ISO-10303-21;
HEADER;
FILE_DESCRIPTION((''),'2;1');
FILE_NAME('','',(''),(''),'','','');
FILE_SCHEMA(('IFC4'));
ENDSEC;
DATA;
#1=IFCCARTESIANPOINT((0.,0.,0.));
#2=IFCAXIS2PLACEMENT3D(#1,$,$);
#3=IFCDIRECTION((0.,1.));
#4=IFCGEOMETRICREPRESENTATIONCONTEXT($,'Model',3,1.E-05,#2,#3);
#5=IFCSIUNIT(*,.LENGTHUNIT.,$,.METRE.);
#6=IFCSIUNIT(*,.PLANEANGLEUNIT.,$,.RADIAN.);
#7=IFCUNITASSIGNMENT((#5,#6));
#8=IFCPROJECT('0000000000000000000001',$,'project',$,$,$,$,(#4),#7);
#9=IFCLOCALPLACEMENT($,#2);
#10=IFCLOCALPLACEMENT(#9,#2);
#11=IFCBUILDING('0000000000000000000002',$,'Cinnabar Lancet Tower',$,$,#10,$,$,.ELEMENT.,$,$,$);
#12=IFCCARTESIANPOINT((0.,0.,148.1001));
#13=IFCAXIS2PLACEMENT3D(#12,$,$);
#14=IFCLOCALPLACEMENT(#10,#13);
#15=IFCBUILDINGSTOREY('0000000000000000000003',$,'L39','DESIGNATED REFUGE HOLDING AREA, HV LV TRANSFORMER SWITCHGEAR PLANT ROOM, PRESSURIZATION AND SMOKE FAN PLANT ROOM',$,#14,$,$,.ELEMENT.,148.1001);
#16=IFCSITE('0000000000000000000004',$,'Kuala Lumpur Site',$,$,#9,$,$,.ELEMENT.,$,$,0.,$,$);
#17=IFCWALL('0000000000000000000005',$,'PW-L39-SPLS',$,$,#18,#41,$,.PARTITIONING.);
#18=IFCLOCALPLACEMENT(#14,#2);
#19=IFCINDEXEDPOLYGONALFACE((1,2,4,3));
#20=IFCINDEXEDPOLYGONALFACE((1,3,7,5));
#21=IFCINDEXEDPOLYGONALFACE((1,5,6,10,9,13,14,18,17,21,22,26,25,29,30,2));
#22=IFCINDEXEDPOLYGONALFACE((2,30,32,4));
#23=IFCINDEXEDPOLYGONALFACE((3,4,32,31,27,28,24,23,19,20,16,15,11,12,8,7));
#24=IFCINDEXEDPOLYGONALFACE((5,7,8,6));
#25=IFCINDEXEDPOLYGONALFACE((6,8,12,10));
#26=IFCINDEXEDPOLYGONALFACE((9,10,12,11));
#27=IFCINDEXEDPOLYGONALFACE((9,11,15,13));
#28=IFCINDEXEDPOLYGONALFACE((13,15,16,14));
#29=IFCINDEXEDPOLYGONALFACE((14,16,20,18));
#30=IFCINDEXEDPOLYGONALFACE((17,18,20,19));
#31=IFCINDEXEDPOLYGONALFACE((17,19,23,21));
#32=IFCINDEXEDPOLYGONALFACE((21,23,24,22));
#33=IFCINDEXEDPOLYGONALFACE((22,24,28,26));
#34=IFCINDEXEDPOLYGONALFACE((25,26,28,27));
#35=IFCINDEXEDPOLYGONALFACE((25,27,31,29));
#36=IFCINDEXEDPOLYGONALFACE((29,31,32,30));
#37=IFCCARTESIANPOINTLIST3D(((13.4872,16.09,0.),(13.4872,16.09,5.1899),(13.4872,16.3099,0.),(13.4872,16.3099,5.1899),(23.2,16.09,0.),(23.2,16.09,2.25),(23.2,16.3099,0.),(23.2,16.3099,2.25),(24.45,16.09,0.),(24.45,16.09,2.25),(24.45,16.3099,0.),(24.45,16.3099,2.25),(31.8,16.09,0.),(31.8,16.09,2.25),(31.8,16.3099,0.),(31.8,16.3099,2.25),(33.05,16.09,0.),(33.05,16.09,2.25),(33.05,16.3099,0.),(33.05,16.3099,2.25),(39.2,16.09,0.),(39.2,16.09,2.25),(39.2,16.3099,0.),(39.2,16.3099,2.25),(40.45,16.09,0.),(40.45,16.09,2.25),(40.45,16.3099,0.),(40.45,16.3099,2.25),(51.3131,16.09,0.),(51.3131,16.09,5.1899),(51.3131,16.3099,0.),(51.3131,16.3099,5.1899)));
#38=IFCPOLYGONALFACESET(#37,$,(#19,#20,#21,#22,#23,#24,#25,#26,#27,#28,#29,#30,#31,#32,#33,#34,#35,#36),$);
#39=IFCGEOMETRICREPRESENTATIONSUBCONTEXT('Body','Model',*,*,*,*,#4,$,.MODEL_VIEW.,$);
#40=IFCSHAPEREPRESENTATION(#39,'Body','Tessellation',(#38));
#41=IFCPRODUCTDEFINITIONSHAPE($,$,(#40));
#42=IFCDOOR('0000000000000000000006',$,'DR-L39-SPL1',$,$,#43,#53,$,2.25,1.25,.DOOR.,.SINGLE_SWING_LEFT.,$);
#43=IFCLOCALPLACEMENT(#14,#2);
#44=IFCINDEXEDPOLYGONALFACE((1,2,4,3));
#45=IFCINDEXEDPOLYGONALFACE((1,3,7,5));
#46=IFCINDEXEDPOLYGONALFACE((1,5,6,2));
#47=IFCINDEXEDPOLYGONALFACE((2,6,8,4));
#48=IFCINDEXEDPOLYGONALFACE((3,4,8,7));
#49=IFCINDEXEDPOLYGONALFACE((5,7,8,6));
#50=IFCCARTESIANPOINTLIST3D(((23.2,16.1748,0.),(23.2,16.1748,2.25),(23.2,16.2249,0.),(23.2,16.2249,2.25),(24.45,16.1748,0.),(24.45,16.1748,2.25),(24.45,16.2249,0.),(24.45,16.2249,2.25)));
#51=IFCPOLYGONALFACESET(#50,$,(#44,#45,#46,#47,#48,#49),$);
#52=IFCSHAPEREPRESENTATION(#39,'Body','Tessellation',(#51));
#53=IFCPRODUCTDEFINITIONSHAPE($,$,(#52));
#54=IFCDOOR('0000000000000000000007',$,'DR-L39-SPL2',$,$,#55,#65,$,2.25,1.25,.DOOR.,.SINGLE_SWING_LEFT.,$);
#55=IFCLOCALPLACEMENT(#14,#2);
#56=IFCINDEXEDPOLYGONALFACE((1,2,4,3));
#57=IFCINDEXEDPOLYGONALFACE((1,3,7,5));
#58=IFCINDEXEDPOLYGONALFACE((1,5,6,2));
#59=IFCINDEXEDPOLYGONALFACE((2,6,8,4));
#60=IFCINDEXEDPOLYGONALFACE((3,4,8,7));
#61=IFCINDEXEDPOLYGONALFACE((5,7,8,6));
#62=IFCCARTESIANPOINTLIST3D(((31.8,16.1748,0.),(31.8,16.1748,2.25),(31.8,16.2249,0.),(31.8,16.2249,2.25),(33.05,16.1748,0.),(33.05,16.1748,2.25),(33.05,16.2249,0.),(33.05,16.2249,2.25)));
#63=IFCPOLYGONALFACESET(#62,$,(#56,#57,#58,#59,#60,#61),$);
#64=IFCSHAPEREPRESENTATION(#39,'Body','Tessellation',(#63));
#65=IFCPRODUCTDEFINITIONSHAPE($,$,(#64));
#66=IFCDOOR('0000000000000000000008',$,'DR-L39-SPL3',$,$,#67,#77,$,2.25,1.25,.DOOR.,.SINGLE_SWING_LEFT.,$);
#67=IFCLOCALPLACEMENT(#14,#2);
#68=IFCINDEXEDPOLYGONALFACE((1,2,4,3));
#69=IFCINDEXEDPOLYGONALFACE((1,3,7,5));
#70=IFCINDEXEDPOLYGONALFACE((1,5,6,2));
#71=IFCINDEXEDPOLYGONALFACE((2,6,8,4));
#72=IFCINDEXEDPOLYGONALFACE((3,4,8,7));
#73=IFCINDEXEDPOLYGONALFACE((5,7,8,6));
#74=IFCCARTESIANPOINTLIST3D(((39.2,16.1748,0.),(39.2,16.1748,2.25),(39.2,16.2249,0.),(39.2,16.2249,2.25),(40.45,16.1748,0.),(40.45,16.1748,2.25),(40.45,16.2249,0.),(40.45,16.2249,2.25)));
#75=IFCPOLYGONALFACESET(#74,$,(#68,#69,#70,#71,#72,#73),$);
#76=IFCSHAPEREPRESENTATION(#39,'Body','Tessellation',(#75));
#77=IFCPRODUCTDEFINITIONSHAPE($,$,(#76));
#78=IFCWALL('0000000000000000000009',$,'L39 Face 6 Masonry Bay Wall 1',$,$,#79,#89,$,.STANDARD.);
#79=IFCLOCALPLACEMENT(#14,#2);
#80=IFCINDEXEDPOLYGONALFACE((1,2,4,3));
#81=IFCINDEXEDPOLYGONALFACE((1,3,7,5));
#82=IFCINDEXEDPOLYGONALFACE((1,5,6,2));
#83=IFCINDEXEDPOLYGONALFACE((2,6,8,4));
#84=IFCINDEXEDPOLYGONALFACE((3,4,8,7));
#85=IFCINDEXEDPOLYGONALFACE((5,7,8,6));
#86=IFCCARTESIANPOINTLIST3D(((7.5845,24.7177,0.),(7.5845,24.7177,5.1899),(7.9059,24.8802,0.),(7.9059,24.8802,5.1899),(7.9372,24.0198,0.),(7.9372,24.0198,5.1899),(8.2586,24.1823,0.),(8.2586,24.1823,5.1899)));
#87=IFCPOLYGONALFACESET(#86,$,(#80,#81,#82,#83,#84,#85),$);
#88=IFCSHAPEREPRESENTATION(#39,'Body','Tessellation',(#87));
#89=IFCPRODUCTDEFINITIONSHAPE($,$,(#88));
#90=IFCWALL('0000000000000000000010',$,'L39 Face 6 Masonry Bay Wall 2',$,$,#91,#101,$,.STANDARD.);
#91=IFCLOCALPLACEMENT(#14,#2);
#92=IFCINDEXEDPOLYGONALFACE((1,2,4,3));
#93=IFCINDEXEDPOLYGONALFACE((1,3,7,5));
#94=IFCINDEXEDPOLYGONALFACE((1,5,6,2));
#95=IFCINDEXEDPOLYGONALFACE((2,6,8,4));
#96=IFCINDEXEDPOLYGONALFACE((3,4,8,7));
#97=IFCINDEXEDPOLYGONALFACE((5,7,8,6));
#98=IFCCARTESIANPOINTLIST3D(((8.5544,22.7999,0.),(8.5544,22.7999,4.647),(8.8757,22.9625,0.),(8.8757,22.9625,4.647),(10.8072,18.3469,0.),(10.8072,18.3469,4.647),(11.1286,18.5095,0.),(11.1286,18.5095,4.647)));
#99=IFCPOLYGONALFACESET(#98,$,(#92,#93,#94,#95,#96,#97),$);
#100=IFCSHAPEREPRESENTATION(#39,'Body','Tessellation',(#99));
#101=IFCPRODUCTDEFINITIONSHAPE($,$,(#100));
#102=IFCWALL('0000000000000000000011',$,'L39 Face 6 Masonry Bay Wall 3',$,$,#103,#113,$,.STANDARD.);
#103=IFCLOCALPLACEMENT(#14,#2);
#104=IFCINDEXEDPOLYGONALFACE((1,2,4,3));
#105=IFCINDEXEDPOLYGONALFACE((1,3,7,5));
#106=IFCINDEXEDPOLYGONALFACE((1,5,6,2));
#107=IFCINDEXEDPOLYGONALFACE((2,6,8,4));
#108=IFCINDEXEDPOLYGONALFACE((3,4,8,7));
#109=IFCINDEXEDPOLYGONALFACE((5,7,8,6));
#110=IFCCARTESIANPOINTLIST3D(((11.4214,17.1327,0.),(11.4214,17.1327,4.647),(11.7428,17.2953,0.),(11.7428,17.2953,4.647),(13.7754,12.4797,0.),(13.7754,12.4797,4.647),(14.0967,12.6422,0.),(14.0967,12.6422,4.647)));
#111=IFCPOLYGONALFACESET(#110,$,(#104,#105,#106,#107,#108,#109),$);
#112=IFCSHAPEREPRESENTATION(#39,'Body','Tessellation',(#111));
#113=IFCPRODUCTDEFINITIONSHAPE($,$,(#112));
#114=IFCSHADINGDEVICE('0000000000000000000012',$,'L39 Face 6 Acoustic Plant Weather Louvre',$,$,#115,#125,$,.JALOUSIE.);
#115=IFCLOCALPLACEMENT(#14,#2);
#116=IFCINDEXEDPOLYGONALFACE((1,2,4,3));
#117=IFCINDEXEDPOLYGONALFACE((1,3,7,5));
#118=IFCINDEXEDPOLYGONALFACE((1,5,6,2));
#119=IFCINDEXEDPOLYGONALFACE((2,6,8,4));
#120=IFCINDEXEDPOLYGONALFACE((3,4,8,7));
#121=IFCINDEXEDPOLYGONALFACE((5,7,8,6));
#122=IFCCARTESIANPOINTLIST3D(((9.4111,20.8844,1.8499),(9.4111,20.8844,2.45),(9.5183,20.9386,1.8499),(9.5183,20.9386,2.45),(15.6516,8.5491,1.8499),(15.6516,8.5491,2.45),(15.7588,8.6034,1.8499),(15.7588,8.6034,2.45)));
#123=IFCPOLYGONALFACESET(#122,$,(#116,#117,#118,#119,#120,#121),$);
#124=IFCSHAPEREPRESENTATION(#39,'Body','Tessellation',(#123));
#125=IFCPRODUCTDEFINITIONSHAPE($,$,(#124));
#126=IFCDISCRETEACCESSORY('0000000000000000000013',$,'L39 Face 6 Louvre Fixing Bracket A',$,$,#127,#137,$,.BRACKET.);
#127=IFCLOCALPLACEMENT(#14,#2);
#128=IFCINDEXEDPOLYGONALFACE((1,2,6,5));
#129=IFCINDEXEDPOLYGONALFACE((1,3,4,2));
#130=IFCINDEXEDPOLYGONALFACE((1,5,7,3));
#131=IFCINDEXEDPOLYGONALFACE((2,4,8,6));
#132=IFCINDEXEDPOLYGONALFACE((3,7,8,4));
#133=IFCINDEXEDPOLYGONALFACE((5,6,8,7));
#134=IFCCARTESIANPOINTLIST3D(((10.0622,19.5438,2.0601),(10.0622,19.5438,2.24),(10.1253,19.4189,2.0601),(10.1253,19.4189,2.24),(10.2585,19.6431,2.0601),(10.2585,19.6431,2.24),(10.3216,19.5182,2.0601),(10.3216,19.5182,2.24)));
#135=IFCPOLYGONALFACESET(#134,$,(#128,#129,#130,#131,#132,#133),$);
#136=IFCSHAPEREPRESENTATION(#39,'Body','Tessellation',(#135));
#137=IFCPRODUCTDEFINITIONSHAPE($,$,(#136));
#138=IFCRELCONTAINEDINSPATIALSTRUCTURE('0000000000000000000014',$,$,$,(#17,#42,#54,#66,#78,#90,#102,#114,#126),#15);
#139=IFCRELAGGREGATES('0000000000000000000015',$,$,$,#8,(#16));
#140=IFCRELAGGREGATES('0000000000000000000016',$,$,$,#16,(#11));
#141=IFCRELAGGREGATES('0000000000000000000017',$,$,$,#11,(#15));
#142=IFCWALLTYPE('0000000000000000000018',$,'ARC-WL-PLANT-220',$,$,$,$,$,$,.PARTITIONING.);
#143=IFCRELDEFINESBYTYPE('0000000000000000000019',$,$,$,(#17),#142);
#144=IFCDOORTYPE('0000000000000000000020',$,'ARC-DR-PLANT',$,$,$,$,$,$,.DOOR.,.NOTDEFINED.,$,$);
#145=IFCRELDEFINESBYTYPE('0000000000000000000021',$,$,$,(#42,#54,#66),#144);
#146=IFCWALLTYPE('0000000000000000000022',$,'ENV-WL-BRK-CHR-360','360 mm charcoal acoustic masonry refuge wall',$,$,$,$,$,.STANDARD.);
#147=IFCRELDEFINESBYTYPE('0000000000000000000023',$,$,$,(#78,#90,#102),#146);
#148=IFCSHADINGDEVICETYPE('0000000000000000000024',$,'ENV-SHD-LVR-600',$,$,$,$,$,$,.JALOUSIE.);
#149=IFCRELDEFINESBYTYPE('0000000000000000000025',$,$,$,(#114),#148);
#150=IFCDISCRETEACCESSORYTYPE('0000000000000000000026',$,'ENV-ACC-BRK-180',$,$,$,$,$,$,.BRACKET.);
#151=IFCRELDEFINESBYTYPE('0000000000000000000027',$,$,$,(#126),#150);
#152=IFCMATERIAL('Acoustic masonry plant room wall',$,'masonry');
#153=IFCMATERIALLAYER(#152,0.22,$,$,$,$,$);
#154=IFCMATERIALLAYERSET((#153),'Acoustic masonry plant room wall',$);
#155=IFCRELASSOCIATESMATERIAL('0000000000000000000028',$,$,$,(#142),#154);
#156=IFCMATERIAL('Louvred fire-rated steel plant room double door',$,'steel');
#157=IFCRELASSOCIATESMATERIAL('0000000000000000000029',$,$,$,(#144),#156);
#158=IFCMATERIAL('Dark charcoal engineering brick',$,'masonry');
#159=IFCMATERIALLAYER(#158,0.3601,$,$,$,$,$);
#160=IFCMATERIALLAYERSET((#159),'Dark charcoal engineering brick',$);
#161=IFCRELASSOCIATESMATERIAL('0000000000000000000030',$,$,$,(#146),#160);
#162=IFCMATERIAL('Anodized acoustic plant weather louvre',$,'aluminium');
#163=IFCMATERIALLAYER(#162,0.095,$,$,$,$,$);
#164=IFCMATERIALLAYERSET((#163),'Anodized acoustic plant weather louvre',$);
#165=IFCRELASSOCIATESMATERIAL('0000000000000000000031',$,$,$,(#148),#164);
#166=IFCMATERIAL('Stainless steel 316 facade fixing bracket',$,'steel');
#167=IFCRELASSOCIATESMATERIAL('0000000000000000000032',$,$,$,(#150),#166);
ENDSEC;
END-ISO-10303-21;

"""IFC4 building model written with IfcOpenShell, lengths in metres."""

from ifc_helpers import new_model, si_unit, direction, frame, frame_2d, origin, origin_2d, place, context, subcontext, project, spatial, rectangle, extrude, material, layer, layer_set, type_object, element, fill, save


model = new_model("IFC4")

# Units and contexts
model_context = context("Model", 3, precision=1e-05, world=origin(), true_north=direction((0.0, 1.0)))
body_context = subcontext(model_context, "Body", "Model", "MODEL_VIEW")
ifc_project = project(units=[si_unit("LENGTHUNIT", "METRE"), si_unit("PLANEANGLEUNIT", "RADIAN")], contexts=[model_context])

# Site, building, storey
site_placement = place(None, origin())
site = spatial("IfcSite", under=ifc_project, at=site_placement, Name="Kuala Lumpur Site", CompositionType="ELEMENT", RefElevation=0.0)
building_placement = place(site_placement, origin())
building = spatial("IfcBuilding", under=site, at=building_placement, Name="Cinnabar Lancet Tower", CompositionType="ELEMENT")
storey_placement = place(building_placement, frame((0.0, 0.0, 148.1001)))
storey = spatial("IfcBuildingStorey", under=building, at=storey_placement, Name="L39", Description="DESIGNATED REFUGE HOLDING AREA, HV LV TRANSFORMER SWITCHGEAR PLANT ROOM, PRESSURIZATION AND SMOKE FAN PLANT ROOM", CompositionType="ELEMENT", Elevation=148.1001)

# Shared definitions
ifc_material_1 = material(Name="Acoustic masonry plant room wall", Category="masonry")
ifc_layer_1 = layer(ifc_material_1, 0.22)
ifc_layer_set_1 = layer_set([ifc_layer_1], Name="Acoustic masonry plant room wall")
wall_type_1 = type_object("IfcWallType", Name="ARC-WL-PLANT-220", PredefinedType="PARTITIONING", material=ifc_layer_set_1)

# Wall, openings, doors
wall_1_placement = place(storey_placement, frame((13.4871, 16.2, 0.0), z_axis=(0.0, 0.0, 1.0), x_axis=(1.0, 0.0, 0.0)))
wall_1 = element("IfcWall", 1, at=wall_1_placement, inside=storey, type_object=wall_type_1, Name="PW-L39-SPLS", PredefinedType="PARTITIONING", context=body_context, shape_type="SweptSolid", body=[
    extrude(rectangle(XDim=37.8259, YDim=0.22, at=frame_2d((18.9131, 0.0))), origin(), (0.0, 0.0, 1.0), 5.1899),
])
opening_1_placement = place(wall_1_placement, frame((9.7129, 0.0, 0.0)))
opening_1 = element("IfcOpeningElement", 2, at=opening_1_placement, cuts=wall_1, PredefinedType="OPENING", context=body_context, shape_type="SweptSolid", body=[
    extrude(rectangle(XDim=1.25, YDim=2.25, at=frame_2d((0.625, 1.125))), frame((0.0, 0.1199, 0.0), z_axis=(0.0, -1.0, 0.0), x_axis=(1.0, 0.0, 0.0)), (0.0, 0.0, 1.0), 0.24),
])
opening_2_placement = place(wall_1_placement, frame((18.313, 0.0, 0.0)))
opening_2 = element("IfcOpeningElement", 3, at=opening_2_placement, cuts=wall_1, PredefinedType="OPENING", context=body_context, shape_type="SweptSolid", body=[
    extrude(rectangle(XDim=1.25, YDim=2.25, at=frame_2d((0.625, 1.125))), frame((0.0, 0.1199, 0.0), z_axis=(0.0, -1.0, 0.0), x_axis=(1.0, 0.0, 0.0)), (0.0, 0.0, 1.0), 0.24),
])
opening_3_placement = place(wall_1_placement, frame((25.7129, 0.0, 0.0)))
opening_3 = element("IfcOpeningElement", 4, at=opening_3_placement, cuts=wall_1, PredefinedType="OPENING", context=body_context, shape_type="SweptSolid", body=[
    extrude(rectangle(XDim=1.25, YDim=2.25, at=frame_2d((0.625, 1.125))), frame((0.0, 0.1199, 0.0), z_axis=(0.0, -1.0, 0.0), x_axis=(1.0, 0.0, 0.0)), (0.0, 0.0, 1.0), 0.24),
])
ifc_material_2 = material(Name="Louvred fire-rated steel plant room double door", Category="steel")
door_type_1 = type_object("IfcDoorType", Name="ARC-DR-PLANT", OperationType="NOTDEFINED", PredefinedType="DOOR", material=ifc_material_2)
door_1_placement = place(opening_1_placement, origin())
door_1 = element("IfcDoor", 5, at=door_1_placement, inside=storey, type_object=door_type_1, Name="DR-L39-SPL1", OperationType="SINGLE_SWING_LEFT", OverallHeight=2.25, OverallWidth=1.25, PredefinedType="DOOR", context=body_context, shape_type="SweptSolid", body=[
    extrude(rectangle(XDim=1.25, YDim=2.25, at=frame_2d((0.625, 1.125))), frame((0.0, 0.0249, 0.0), z_axis=(0.0, -1.0, 0.0), x_axis=(1.0, 0.0, 0.0)), (0.0, 0.0, 1.0), 0.05),
])
fill(opening_1, door_1)
door_2_placement = place(opening_2_placement, origin())
door_2 = element("IfcDoor", 6, at=door_2_placement, inside=storey, type_object=door_type_1, Name="DR-L39-SPL2", OperationType="SINGLE_SWING_LEFT", OverallHeight=2.25, OverallWidth=1.25, PredefinedType="DOOR", context=body_context, shape_type="SweptSolid", body=[
    extrude(rectangle(XDim=1.25, YDim=2.25, at=frame_2d((0.625, 1.125))), frame((0.0, 0.0249, 0.0), z_axis=(0.0, -1.0, 0.0), x_axis=(1.0, 0.0, 0.0)), (0.0, 0.0, 1.0), 0.05),
])
fill(opening_2, door_2)
door_3_placement = place(opening_3_placement, origin())
door_3 = element("IfcDoor", 7, at=door_3_placement, inside=storey, type_object=door_type_1, Name="DR-L39-SPL3", OperationType="SINGLE_SWING_LEFT", OverallHeight=2.25, OverallWidth=1.25, PredefinedType="DOOR", context=body_context, shape_type="SweptSolid", body=[
    extrude(rectangle(XDim=1.25, YDim=2.25, at=frame_2d((0.625, 1.125))), frame((0.0, 0.0249, 0.0), z_axis=(0.0, -1.0, 0.0), x_axis=(1.0, 0.0, 0.0)), (0.0, 0.0, 1.0), 0.05),
])
fill(opening_3, door_3)

# Walls
ifc_material_3 = material(Name="Dark charcoal engineering brick", Category="masonry")
ifc_layer_2 = layer(ifc_material_3, 0.3601)
ifc_layer_set_2 = layer_set([ifc_layer_2], Name="Dark charcoal engineering brick")
wall_type_2 = type_object("IfcWallType", Name="ENV-WL-BRK-CHR-360", Description="360 mm charcoal acoustic masonry refuge wall", PredefinedType="STANDARD", material=ifc_layer_set_2)
wall_2_placement = place(storey_placement, frame((7.7451, 24.7991, 0.0), z_axis=(0.0, 0.0, 1.0), x_axis=(0.45108, -0.892483, 0.0)))
element("IfcWall", 8, at=wall_2_placement, inside=storey, type_object=wall_type_2, Name="L39 Face 6 Masonry Bay Wall 1", PredefinedType="STANDARD", context=body_context, shape_type="SweptSolid", body=[
    extrude(rectangle(XDim=0.782, YDim=0.3601, at=frame_2d((0.3911, 0.0))), origin(), (0.0, 0.0, 1.0), 5.1899),
])
wall_3_placement = place(storey_placement, frame((8.7151, 22.8811, 0.0), z_axis=(0.0, 0.0, 1.0), x_axis=(0.451435, -0.892304, 0.0)))
element("IfcWall", 9, at=wall_3_placement, inside=storey, type_object=wall_type_2, Name="L39 Face 6 Masonry Bay Wall 2", PredefinedType="STANDARD", context=body_context, shape_type="SweptSolid", body=[
    extrude(rectangle(XDim=4.9905, YDim=0.3601, at=frame_2d((2.4951, 0.0))), origin(), (0.0, 0.0, 1.0), 4.647),
])
wall_4_placement = place(storey_placement, frame((11.582, 17.2141, 0.0), z_axis=(0.0, 0.0, 1.0), x_axis=(0.451422, -0.89231, 0.0)))
element("IfcWall", 10, at=wall_4_placement, inside=storey, type_object=wall_type_2, Name="L39 Face 6 Masonry Bay Wall 3", PredefinedType="STANDARD", context=body_context, shape_type="SweptSolid", body=[
    extrude(rectangle(XDim=5.2146, YDim=0.3601, at=frame_2d((2.6074, 0.0))), origin(), (0.0, 0.0, 1.0), 4.647),
])

# Shading device
ifc_material_4 = material(Name="Anodized acoustic plant weather louvre", Category="aluminium")
ifc_layer_3 = layer(ifc_material_4, 0.095)
ifc_layer_set_3 = layer_set([ifc_layer_3], Name="Anodized acoustic plant weather louvre")
shading_device_type = type_object("IfcShadingDeviceType", Name="ENV-SHD-LVR-600", PredefinedType="JALOUSIE", material=ifc_layer_set_3)
shading_device_placement = place(storey_placement, frame((12.585, 14.7439, 1.8499), z_axis=(0.0, 0.0, 1.0), x_axis=(0.451423, -0.89231, 0.0)))
element("IfcShadingDevice", 11, at=shading_device_placement, inside=storey, type_object=shading_device_type, Name="L39 Face 6 Acoustic Plant Weather Louvre", PredefinedType="JALOUSIE", context=body_context, shape_type="SweptSolid", body=[
    extrude(rectangle(XDim=13.824, YDim=0.1201, at=origin_2d()), origin(), (0.0, 0.0, 1.0), 0.6001),
])

# Discrete accessory
ifc_material_5 = material(Name="Stainless steel 316 facade fixing bracket", Category="steel")
discrete_accessory_type = type_object("IfcDiscreteAccessoryType", Name="ENV-ACC-BRK-180", PredefinedType="BRACKET", material=ifc_material_5)
discrete_accessory_placement = place(storey_placement, frame((10.1919, 19.531, 2.0601), z_axis=(0.0, 0.0, 1.0), x_axis=(0.451423, -0.89231, 0.0)))
element("IfcDiscreteAccessory", 12, at=discrete_accessory_placement, inside=storey, type_object=discrete_accessory_type, Name="L39 Face 6 Louvre Fixing Bracket A", PredefinedType="BRACKET", context=body_context, shape_type="SweptSolid", body=[
    extrude(rectangle(XDim=0.1399, YDim=0.22, at=origin_2d()), origin(), (0.0, 0.0, 1.0), 0.1799),
])

save(model, "model.ifc")
